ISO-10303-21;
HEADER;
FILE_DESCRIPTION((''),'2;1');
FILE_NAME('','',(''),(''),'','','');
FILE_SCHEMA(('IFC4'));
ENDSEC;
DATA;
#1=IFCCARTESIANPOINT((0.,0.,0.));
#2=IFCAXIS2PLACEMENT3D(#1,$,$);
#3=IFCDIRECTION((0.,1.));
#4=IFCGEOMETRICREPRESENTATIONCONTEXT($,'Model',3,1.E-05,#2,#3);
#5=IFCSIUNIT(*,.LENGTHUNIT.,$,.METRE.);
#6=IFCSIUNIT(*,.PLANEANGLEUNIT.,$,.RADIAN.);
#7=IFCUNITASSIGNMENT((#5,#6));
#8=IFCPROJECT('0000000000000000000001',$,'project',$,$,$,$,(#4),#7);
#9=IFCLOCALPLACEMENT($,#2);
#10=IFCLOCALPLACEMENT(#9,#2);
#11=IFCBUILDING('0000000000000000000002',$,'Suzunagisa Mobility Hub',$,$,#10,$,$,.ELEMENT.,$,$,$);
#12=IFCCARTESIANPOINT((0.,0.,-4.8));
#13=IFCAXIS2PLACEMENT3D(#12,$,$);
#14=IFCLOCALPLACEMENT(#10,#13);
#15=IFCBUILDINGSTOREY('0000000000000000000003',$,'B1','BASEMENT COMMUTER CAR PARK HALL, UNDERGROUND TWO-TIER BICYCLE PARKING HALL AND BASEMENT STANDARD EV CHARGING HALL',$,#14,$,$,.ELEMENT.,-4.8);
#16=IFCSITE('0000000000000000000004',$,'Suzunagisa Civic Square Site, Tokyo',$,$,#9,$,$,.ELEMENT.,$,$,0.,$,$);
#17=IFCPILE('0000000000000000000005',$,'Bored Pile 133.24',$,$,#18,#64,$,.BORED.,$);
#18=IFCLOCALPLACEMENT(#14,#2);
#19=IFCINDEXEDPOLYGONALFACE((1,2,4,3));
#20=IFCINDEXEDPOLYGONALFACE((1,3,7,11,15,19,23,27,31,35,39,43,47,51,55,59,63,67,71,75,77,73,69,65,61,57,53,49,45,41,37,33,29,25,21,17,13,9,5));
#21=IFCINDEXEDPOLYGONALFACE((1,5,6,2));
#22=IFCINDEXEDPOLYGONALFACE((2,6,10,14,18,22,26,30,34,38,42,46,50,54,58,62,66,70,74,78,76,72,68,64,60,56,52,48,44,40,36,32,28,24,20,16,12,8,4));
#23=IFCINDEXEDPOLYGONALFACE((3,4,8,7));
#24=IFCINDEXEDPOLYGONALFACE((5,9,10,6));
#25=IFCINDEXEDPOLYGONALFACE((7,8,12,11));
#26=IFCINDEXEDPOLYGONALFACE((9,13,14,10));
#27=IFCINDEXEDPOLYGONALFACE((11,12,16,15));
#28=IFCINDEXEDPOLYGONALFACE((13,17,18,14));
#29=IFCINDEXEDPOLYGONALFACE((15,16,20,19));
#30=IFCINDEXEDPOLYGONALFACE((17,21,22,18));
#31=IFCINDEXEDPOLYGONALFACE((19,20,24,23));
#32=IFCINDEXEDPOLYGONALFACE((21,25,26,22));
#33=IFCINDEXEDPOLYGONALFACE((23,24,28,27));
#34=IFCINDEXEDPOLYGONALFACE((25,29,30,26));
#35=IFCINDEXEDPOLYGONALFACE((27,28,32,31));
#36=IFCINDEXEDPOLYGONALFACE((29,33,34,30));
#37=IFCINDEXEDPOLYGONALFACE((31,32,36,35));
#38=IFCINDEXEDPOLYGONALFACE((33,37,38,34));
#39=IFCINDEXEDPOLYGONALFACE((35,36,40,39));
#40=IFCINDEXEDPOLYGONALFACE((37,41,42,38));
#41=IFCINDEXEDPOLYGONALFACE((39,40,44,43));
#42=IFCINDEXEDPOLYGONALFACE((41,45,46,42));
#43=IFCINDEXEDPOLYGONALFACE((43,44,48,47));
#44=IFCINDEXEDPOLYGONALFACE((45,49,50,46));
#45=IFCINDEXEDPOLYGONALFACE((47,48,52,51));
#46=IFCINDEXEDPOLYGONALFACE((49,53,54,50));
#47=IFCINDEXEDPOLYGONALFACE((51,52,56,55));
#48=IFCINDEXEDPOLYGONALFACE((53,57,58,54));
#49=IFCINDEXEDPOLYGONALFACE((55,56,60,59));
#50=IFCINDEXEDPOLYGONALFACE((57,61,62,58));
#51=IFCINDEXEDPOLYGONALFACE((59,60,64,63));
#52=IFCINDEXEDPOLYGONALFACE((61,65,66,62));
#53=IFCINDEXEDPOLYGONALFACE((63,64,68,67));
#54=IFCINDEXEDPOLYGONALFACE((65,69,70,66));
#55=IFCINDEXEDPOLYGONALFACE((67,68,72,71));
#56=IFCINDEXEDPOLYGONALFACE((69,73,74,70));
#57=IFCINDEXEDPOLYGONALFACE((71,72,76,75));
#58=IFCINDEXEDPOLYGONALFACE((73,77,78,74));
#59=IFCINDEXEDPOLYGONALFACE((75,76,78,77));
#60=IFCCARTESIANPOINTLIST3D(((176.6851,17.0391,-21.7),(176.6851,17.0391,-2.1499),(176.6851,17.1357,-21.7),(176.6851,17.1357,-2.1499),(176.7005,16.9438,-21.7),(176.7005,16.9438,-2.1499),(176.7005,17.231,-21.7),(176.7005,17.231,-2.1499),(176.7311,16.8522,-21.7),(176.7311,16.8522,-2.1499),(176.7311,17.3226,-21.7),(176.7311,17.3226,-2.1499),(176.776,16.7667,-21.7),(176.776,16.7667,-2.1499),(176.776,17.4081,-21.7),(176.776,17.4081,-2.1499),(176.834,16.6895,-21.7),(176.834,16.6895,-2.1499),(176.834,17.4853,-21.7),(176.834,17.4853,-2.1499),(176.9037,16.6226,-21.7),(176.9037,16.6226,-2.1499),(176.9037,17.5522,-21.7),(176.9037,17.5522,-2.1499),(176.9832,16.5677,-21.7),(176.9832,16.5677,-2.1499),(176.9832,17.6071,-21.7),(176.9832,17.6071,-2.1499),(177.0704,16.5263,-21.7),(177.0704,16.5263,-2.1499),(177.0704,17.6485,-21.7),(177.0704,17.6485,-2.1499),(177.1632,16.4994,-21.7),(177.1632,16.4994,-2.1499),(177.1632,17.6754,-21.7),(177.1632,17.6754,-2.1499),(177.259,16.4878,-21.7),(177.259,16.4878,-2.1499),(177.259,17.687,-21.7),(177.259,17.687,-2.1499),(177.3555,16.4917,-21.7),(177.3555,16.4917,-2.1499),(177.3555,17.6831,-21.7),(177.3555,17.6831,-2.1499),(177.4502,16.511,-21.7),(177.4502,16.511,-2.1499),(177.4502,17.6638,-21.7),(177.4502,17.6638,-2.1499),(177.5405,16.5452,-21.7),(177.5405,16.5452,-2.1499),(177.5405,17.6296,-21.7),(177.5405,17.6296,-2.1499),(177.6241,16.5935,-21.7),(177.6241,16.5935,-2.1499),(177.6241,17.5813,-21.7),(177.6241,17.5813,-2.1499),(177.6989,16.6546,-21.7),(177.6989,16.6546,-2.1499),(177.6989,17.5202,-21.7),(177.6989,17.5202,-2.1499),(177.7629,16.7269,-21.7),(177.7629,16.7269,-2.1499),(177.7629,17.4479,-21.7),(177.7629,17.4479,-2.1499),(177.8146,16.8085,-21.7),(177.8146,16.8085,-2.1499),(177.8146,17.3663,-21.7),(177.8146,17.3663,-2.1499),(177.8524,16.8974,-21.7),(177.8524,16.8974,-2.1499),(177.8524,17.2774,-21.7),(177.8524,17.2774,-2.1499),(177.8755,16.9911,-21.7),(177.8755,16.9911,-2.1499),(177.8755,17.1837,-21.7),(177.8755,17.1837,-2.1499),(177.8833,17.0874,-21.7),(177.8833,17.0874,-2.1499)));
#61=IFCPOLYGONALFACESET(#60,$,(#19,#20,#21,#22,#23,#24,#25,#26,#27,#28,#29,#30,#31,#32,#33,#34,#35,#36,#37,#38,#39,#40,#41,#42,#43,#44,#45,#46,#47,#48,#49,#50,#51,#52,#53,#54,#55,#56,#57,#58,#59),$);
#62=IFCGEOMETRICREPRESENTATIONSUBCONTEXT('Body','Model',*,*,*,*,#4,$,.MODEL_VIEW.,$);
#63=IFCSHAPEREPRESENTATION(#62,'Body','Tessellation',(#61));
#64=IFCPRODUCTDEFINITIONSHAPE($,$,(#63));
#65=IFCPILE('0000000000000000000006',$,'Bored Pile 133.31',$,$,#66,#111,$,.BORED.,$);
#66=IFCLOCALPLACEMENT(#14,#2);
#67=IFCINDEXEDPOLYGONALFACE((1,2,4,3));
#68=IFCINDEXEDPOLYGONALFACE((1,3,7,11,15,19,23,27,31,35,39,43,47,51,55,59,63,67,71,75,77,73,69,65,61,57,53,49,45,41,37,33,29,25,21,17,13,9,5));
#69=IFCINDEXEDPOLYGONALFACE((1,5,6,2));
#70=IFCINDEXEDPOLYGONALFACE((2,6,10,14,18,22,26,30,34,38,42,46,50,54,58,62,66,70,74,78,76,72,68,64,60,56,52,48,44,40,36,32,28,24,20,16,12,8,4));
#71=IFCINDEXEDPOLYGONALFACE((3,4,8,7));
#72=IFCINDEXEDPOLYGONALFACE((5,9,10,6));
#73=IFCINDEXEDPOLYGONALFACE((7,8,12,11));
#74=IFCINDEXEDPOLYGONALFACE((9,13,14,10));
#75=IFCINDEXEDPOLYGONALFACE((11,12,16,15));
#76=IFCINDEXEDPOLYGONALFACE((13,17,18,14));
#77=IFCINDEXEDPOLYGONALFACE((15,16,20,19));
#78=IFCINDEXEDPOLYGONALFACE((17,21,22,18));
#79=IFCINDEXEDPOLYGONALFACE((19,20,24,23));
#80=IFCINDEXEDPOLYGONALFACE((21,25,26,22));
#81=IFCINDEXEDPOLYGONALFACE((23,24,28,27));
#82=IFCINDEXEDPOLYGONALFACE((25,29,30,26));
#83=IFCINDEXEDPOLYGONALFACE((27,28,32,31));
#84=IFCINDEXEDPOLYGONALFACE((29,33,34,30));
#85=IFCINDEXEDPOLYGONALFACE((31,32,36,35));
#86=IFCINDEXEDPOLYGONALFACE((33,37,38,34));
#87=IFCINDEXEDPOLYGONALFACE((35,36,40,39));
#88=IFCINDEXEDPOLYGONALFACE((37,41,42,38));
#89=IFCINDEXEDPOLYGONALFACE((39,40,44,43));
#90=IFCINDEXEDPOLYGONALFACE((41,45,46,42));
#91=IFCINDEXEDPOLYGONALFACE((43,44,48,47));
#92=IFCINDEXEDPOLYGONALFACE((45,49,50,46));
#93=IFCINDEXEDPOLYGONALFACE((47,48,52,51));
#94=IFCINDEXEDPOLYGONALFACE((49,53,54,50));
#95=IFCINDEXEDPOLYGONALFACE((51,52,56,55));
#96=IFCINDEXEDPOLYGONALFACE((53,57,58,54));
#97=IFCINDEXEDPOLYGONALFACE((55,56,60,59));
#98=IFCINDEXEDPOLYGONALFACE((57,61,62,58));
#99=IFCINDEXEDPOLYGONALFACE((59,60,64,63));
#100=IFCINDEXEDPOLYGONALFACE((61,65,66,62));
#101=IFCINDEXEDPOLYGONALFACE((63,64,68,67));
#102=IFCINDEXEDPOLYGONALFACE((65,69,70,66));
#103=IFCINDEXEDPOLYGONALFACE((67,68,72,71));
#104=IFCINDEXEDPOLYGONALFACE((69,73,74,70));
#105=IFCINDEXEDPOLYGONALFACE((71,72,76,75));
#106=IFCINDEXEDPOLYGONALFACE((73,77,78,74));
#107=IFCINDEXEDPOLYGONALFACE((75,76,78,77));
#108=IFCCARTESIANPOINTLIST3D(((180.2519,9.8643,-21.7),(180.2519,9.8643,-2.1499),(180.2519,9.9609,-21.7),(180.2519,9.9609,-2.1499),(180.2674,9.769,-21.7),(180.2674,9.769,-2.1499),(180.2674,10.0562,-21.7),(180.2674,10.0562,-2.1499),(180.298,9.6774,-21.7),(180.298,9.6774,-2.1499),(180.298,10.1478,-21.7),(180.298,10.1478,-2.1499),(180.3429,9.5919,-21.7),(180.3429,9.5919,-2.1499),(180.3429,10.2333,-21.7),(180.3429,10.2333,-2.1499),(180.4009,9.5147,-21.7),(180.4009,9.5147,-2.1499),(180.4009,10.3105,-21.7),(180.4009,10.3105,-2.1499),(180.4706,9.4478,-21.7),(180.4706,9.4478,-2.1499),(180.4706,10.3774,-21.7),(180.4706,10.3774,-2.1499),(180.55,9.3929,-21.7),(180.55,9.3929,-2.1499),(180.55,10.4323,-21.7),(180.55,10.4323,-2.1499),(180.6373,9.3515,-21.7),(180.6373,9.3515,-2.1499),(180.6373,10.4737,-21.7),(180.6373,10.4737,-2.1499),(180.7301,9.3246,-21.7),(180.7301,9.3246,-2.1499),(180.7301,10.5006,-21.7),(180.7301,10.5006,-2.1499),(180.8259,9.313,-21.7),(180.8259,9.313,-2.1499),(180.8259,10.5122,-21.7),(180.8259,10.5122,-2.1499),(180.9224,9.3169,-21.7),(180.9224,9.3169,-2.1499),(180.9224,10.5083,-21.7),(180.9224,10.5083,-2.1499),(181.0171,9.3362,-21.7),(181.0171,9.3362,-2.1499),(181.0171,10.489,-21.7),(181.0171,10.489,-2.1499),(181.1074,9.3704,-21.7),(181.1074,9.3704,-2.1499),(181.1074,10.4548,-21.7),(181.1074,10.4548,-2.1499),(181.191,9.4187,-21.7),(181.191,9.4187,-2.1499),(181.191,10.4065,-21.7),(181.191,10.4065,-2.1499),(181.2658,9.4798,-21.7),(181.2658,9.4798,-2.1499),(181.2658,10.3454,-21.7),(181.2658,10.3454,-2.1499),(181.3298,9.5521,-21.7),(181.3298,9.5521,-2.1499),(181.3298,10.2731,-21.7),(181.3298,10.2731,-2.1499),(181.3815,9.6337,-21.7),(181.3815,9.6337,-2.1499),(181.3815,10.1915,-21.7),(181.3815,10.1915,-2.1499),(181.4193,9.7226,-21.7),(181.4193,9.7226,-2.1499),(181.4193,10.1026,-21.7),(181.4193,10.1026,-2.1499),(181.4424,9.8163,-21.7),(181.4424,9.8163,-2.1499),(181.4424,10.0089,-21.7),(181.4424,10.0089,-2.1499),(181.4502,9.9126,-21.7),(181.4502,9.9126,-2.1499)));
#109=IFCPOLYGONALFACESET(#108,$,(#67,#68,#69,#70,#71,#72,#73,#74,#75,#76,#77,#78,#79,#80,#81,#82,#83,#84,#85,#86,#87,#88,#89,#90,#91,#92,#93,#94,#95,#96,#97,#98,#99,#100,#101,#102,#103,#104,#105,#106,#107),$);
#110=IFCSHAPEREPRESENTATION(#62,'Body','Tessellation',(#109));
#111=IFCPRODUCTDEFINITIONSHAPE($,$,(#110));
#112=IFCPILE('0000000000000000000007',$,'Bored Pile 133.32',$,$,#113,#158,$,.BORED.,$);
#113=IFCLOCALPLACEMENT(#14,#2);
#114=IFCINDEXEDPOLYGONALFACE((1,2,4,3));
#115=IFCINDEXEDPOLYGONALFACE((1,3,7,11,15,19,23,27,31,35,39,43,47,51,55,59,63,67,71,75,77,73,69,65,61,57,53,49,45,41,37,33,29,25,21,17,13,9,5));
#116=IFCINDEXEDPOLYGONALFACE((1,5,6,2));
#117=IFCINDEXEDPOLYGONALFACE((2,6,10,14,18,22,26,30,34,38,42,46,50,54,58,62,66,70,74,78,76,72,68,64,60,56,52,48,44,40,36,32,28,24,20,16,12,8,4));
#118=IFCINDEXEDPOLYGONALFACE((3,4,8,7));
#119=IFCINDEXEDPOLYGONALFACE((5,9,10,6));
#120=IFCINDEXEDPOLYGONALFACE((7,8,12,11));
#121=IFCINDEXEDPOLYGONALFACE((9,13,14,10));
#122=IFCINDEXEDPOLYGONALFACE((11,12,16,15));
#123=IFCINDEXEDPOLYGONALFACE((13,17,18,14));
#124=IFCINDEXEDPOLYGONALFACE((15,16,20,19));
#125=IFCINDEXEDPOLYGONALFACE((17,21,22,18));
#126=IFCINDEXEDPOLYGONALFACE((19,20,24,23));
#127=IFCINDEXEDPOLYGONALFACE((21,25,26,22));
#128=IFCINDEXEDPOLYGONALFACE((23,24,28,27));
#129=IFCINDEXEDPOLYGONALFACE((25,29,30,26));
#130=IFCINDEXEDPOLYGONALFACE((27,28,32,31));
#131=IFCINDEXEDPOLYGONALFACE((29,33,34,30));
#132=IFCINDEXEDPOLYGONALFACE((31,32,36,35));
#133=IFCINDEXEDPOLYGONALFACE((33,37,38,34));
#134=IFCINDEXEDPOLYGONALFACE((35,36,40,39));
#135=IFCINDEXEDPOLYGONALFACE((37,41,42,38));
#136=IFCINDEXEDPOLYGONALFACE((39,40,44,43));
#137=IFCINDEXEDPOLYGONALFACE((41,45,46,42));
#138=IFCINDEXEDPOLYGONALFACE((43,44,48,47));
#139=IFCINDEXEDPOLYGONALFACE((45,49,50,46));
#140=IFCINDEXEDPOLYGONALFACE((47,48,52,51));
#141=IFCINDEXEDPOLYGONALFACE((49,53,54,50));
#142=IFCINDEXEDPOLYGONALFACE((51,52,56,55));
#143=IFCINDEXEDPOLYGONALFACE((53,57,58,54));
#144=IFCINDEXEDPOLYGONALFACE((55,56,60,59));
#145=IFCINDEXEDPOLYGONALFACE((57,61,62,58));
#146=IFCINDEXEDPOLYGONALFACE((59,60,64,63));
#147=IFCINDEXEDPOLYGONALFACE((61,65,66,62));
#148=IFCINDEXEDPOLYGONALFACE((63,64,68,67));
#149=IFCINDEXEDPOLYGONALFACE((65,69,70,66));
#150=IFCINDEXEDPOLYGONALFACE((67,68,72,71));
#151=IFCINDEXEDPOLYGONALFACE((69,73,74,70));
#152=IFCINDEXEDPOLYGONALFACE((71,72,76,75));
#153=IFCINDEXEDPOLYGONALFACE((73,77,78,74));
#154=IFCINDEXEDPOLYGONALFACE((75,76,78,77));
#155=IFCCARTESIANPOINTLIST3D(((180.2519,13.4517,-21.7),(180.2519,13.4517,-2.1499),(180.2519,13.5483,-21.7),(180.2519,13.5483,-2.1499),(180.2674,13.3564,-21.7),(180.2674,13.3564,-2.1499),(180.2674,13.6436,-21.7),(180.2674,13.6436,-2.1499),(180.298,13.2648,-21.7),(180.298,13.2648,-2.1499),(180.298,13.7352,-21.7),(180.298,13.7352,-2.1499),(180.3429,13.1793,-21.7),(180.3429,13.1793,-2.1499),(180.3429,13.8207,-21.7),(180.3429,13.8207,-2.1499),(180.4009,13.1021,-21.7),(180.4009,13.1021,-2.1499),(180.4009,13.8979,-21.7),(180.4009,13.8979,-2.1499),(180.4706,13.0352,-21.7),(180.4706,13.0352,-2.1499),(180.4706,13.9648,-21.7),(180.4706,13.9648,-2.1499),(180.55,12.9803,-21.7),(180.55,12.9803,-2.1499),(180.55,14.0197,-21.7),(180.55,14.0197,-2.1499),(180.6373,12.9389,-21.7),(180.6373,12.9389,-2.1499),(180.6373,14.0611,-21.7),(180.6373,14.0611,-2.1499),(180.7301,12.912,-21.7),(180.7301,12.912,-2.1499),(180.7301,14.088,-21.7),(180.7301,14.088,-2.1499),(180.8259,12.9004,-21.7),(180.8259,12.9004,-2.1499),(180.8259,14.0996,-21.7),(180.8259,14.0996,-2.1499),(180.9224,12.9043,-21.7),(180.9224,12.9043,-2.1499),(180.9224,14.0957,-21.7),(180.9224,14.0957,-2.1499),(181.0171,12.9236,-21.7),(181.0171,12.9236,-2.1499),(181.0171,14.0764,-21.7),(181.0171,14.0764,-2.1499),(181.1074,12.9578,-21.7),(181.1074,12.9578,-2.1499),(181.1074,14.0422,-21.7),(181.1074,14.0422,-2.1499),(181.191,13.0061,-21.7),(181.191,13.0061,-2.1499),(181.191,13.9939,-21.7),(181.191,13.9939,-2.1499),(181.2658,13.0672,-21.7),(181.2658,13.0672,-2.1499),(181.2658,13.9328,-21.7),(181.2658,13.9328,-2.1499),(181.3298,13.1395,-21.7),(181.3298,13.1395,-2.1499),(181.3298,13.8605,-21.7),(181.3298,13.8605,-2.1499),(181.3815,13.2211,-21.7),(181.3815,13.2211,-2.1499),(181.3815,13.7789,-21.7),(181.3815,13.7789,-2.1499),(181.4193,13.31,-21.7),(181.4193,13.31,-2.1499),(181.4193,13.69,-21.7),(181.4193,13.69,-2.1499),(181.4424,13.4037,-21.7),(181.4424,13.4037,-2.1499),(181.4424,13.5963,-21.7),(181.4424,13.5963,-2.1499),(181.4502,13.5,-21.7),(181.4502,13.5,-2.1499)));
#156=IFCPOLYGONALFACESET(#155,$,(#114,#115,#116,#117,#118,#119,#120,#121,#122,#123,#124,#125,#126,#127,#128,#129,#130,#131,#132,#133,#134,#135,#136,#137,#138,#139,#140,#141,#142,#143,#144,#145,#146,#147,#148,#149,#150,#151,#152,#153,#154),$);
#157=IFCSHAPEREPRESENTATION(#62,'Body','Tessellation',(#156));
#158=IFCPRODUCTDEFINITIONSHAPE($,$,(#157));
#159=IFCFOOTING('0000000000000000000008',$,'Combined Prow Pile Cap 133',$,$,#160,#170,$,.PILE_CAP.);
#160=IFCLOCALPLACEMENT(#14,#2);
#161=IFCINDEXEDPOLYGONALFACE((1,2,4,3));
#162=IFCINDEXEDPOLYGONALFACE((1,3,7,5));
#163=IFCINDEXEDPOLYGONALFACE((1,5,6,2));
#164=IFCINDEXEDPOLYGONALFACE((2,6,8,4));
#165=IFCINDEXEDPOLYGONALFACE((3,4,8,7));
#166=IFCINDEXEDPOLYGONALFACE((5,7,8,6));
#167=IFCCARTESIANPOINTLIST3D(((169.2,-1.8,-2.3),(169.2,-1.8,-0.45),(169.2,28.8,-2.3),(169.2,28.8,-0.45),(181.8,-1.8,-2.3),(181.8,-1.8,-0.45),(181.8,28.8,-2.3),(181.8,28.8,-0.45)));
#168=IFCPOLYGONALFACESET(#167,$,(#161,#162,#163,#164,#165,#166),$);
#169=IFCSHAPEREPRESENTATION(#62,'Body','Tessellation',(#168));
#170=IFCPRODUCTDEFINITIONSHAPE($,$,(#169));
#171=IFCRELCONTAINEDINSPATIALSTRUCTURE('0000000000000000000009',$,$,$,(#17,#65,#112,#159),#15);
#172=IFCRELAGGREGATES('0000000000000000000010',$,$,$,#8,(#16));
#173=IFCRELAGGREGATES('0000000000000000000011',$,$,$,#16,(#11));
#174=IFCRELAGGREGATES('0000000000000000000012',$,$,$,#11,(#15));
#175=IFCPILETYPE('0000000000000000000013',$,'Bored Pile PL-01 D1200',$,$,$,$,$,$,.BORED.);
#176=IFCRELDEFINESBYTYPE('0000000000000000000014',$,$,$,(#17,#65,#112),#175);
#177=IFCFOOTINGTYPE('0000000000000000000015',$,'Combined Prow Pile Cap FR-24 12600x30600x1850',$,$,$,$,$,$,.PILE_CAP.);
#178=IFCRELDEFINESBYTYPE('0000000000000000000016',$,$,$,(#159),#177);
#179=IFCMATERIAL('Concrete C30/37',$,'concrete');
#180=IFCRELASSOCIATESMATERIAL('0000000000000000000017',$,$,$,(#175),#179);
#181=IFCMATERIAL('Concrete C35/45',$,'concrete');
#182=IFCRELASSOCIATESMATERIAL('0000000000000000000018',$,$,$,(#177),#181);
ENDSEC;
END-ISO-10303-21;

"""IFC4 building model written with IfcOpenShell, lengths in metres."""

from ifc_helpers import new_model, si_unit, direction, frame, origin, origin_2d, place, context, subcontext, project, spatial, rectangle, circle, extrude, material, material_profile, profile_set, type_object, element, save


model = new_model("IFC4")

# Units and contexts
model_context = context("Model", 3, precision=1e-05, world=origin(), true_north=direction((0.0, 1.0)))
body_context = subcontext(model_context, "Body", "Model", "MODEL_VIEW")
ifc_project = project(units=[si_unit("LENGTHUNIT", "METRE"), si_unit("PLANEANGLEUNIT", "RADIAN")], contexts=[model_context])

# Site, building, storey
site_placement = place(None, origin())
site = spatial("IfcSite", under=ifc_project, at=site_placement, Name="Suzunagisa Civic Square Site, Tokyo", CompositionType="ELEMENT", RefElevation=0.0)
building_placement = place(site_placement, origin())
building = spatial("IfcBuilding", under=site, at=building_placement, Name="Suzunagisa Mobility Hub", CompositionType="ELEMENT")
storey_placement = place(building_placement, frame((0.0, 0.0, -4.8)))
storey = spatial("IfcBuildingStorey", under=building, at=storey_placement, Name="B1", Description="BASEMENT COMMUTER CAR PARK HALL, UNDERGROUND TWO-TIER BICYCLE PARKING HALL AND BASEMENT STANDARD EV CHARGING HALL", CompositionType="ELEMENT", Elevation=-4.8)

# Piles
ifc_material_1 = material(Name="Concrete C30/37", Category="concrete")
ifc_material_profile_1 = material_profile(ifc_material_1, circle(Radius=0.6001, at=origin_2d()), Name="BORED PILE D1200")
ifc_profile_set_1 = profile_set([ifc_material_profile_1], Name="Concrete C30/37")
pile_type = type_object("IfcPileType", Name="Bored Pile PL-01 D1200", PredefinedType="BORED", material=ifc_profile_set_1)
for number, where, z_axis, x_axis, name in (
    (1, (177.2832, 17.0874, -2.1499), (0.0, 0.0, -1.0), (1.0, 0.0, 0.0), "Bored Pile 133.24"),
    (2, (180.8501, 9.9126, -2.1499), (0.0, 0.0, -1.0), (1.0, 0.0, 0.0), "Bored Pile 133.31"),
    (3, (180.8501, 13.5, -2.1499), (0.0, 0.0, -1.0), (1.0, 0.0, 0.0), "Bored Pile 133.32"),
):
    element("IfcPile", number, at=place(storey_placement, frame(where, z_axis=z_axis, x_axis=x_axis)), inside=storey, type_object=pile_type, Name=name, PredefinedType="BORED", context=body_context, shape_type="SweptSolid", body=[
        extrude(circle(Radius=0.6001, at=origin_2d()), origin(), (0.0, 0.0, 1.0), 19.55),
    ])

# Footing
ifc_material_2 = material(Name="Concrete C35/45", Category="concrete")
footing_type = type_object("IfcFootingType", Name="Combined Prow Pile Cap FR-24 12600x30600x1850", PredefinedType="PILE_CAP", material=ifc_material_2)
footing_placement = place(storey_placement, frame((175.5, 13.5, -2.3), z_axis=(0.0, 0.0, 1.0), x_axis=(1.0, 0.0, 0.0)))
element("IfcFooting", 4, at=footing_placement, inside=storey, type_object=footing_type, Name="Combined Prow Pile Cap 133", PredefinedType="PILE_CAP", context=body_context, shape_type="SweptSolid", body=[
    extrude(rectangle(XDim=12.6001, YDim=30.6001, at=origin_2d()), origin(), (0.0, 0.0, 1.0), 1.8501),
])

save(model, "model.ifc")
